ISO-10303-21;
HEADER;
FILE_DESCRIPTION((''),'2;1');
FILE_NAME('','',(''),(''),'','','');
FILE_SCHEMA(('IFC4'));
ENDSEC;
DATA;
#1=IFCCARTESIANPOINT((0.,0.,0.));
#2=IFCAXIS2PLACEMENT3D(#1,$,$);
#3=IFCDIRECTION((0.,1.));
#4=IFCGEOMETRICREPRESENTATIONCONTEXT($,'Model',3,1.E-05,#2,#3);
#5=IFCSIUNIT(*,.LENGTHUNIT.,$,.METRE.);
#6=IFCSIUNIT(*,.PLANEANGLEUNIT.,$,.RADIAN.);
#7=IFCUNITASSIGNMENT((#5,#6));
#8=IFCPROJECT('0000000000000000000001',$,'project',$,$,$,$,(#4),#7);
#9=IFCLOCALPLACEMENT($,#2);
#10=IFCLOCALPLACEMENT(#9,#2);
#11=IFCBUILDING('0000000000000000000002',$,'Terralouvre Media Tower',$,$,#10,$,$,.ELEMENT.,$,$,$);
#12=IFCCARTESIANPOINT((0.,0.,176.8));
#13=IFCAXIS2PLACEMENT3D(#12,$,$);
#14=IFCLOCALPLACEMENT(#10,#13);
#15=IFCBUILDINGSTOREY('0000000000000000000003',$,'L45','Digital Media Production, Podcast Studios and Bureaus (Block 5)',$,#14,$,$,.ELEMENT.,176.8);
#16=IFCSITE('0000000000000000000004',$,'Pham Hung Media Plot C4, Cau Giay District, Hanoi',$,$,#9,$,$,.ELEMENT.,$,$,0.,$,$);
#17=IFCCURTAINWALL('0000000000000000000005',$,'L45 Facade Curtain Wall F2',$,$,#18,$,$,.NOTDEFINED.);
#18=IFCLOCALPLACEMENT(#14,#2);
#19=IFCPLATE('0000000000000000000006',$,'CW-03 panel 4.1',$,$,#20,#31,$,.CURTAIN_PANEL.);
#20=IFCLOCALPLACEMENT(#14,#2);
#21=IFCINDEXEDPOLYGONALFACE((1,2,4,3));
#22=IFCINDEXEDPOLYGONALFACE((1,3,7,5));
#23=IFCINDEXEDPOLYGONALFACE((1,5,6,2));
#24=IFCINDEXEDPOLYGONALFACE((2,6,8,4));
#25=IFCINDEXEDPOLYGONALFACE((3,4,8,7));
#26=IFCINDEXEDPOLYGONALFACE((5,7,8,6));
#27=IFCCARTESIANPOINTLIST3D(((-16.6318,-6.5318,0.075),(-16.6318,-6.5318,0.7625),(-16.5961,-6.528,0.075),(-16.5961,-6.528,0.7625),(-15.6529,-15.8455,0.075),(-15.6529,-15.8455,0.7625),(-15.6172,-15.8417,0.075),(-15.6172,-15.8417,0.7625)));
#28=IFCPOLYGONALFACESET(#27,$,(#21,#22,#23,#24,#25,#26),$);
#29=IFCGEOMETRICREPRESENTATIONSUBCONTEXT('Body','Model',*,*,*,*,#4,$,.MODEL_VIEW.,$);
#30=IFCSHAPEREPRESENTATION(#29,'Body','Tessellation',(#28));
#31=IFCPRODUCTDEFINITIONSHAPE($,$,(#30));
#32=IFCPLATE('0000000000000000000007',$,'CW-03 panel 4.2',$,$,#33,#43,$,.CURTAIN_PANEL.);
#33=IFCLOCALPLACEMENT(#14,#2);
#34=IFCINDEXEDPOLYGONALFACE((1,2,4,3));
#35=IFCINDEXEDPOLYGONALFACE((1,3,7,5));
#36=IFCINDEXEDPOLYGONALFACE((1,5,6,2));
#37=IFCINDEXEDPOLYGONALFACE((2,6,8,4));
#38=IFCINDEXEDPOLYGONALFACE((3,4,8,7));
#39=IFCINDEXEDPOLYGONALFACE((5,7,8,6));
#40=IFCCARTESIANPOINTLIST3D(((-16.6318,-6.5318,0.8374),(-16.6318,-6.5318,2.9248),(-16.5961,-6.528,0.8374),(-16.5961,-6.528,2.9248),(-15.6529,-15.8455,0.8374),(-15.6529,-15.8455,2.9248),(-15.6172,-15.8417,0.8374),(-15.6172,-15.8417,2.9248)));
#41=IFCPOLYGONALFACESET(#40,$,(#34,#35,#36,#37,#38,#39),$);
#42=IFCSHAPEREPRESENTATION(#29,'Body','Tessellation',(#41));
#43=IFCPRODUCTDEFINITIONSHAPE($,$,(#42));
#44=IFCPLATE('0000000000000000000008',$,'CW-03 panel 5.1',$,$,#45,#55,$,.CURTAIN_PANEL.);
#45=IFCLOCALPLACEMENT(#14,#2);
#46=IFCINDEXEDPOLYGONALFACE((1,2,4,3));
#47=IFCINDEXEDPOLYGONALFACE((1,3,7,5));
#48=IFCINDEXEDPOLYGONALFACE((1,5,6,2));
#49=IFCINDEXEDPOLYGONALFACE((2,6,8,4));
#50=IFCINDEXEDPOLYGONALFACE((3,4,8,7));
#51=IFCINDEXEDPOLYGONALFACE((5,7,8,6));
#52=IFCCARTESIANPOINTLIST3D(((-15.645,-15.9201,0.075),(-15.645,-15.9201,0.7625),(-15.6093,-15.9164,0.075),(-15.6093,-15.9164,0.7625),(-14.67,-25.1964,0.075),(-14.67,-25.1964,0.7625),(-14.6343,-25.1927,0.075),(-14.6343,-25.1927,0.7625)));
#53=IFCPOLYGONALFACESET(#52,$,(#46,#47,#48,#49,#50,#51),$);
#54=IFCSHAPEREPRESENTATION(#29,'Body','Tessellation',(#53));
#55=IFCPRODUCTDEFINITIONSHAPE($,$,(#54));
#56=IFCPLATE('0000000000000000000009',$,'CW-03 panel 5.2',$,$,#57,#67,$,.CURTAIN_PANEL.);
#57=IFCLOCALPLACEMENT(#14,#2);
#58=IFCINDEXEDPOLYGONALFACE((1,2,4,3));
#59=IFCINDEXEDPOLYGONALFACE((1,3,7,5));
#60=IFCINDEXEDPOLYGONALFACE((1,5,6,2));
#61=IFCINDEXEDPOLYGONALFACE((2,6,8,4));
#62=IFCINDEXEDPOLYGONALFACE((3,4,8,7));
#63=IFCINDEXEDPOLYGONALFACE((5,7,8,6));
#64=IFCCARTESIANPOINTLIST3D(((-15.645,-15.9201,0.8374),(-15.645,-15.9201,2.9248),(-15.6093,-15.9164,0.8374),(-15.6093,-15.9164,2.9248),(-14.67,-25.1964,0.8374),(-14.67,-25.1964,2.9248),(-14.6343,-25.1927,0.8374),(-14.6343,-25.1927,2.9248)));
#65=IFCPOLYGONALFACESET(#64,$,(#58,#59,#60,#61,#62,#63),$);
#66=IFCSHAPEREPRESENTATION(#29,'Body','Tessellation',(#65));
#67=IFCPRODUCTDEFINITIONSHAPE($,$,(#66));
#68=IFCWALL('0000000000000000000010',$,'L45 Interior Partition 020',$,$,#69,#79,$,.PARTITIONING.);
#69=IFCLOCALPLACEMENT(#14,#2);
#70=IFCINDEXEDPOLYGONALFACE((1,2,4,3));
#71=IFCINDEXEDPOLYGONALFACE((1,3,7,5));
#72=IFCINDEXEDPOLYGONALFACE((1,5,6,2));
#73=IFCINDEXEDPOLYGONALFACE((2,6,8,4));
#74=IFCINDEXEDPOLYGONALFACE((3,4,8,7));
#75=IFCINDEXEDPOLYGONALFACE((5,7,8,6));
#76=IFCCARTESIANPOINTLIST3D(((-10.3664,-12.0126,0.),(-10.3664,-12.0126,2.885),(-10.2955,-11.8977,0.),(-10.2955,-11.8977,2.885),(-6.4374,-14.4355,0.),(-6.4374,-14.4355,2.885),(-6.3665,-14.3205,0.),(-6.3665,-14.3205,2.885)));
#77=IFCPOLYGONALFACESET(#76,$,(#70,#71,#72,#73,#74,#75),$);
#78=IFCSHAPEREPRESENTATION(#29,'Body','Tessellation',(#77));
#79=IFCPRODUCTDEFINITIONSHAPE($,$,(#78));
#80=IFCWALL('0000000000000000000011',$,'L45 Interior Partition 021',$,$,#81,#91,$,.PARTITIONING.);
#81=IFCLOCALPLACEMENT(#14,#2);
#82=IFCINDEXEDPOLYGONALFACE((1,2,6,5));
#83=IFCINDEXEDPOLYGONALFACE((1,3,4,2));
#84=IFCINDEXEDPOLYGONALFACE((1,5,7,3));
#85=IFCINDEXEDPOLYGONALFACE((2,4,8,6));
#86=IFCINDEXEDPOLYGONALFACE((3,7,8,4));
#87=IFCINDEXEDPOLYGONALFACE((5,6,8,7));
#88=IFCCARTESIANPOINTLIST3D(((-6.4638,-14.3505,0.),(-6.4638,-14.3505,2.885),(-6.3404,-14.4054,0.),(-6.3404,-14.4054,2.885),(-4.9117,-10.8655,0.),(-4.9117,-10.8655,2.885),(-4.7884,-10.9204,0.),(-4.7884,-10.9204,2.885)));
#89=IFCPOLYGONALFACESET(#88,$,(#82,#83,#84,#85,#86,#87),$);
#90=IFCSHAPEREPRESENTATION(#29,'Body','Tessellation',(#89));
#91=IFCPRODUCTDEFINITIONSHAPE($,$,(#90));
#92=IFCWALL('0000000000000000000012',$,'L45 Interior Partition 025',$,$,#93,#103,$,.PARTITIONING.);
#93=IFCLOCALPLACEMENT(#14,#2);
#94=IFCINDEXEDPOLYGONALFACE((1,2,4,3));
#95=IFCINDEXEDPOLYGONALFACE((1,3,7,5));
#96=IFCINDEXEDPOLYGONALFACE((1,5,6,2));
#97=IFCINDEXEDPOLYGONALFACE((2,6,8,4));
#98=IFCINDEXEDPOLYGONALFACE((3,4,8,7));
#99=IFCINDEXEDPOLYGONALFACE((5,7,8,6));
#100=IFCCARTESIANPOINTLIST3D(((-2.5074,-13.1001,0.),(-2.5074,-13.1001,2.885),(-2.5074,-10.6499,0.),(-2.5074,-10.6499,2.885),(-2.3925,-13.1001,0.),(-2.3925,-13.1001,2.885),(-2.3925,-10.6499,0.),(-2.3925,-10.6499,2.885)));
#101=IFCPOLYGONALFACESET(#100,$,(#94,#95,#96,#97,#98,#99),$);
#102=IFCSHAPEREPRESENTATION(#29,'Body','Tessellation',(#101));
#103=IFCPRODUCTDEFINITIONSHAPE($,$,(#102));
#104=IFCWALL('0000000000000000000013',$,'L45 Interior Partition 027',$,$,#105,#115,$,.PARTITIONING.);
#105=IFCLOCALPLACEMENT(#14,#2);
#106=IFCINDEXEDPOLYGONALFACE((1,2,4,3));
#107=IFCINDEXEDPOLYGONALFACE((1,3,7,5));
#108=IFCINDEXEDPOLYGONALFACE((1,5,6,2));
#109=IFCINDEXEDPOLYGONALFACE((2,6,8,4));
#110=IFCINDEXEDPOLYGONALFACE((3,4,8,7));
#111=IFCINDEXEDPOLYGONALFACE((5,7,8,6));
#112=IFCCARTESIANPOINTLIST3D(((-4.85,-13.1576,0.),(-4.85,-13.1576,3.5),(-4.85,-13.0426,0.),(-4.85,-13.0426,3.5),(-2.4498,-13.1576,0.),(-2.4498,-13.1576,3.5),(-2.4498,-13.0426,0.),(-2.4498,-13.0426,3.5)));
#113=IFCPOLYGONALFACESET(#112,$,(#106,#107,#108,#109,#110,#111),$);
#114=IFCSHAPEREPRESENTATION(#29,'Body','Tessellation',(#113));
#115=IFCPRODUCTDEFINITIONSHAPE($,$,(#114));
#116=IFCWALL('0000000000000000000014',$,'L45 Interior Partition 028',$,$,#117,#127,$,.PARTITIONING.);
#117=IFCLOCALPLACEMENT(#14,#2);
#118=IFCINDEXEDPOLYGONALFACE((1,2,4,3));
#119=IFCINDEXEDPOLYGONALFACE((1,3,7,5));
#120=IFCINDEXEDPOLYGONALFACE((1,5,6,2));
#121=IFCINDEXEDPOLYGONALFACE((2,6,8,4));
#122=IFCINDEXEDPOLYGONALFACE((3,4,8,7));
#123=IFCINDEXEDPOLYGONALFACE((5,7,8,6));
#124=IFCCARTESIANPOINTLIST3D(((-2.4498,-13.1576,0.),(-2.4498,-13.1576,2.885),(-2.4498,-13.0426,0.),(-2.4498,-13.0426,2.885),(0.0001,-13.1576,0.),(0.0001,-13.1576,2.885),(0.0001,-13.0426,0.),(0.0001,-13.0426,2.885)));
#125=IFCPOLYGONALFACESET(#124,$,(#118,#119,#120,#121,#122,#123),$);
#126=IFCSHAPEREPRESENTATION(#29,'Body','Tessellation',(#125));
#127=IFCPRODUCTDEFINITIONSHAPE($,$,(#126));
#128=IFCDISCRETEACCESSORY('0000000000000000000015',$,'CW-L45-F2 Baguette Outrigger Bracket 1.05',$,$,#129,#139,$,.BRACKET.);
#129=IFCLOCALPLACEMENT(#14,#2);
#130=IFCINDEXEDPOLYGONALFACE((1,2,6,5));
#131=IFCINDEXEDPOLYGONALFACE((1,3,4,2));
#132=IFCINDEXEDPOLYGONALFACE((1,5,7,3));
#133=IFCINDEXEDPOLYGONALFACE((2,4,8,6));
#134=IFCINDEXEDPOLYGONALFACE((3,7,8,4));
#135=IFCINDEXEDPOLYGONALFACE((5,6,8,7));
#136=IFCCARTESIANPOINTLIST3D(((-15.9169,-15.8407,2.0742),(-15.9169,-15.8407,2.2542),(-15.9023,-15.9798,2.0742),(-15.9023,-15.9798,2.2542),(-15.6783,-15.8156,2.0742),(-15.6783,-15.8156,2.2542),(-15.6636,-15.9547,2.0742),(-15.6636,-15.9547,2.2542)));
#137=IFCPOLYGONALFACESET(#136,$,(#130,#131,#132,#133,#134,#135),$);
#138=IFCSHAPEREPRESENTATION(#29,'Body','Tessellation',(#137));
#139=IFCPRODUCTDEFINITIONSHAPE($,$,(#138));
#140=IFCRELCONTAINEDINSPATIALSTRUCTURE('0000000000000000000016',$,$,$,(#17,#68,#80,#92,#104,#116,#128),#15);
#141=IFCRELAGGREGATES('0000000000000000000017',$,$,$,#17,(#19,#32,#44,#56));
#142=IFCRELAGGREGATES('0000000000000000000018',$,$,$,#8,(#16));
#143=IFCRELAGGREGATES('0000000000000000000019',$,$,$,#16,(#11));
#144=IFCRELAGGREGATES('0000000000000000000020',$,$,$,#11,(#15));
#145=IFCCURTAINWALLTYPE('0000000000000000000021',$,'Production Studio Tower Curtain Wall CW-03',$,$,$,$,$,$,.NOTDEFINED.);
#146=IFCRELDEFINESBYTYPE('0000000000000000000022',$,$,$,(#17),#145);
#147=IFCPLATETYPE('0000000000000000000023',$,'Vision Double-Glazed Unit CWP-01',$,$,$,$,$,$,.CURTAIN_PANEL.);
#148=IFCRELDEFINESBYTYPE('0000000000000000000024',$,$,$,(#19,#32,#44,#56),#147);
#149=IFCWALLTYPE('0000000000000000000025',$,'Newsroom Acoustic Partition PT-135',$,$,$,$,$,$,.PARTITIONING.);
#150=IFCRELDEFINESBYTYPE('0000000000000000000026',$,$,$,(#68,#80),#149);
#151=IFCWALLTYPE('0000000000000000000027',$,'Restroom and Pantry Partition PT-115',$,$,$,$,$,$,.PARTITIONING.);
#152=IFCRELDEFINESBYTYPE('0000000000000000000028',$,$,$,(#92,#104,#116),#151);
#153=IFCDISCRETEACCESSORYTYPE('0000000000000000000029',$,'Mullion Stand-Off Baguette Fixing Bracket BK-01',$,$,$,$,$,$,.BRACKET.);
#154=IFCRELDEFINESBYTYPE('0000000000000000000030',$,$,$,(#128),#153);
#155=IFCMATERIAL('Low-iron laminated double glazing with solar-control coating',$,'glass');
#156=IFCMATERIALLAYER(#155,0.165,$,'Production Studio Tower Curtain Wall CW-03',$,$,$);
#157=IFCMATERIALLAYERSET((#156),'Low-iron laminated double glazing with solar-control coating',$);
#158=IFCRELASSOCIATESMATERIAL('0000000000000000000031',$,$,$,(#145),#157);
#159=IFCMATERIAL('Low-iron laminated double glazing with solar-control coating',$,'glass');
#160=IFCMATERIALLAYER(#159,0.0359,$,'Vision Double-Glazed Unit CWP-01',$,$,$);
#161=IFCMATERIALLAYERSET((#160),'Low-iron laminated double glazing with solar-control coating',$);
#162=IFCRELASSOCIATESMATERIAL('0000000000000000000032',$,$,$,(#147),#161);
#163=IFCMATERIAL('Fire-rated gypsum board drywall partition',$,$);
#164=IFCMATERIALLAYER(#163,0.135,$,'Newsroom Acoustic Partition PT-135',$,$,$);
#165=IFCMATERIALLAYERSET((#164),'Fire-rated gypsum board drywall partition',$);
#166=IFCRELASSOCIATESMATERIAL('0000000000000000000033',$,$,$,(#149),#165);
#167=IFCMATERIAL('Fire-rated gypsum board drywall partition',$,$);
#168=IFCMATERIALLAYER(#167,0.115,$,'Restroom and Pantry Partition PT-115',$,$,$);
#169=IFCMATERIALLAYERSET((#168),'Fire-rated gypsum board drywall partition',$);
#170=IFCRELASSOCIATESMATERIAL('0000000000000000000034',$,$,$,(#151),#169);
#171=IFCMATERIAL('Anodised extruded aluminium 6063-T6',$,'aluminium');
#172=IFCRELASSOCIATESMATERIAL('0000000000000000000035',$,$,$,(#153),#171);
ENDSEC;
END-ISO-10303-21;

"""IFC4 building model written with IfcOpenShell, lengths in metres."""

from ifc_helpers import new_model, si_unit, direction, frame, frame_2d, origin, origin_2d, place, context, subcontext, project, spatial, rectangle, extrude, material, layer, layer_set, type_object, element, aggregate, save


model = new_model("IFC4")

# Units and contexts
model_context = context("Model", 3, precision=1e-05, world=origin(), true_north=direction((0.0, 1.0)))
body_context = subcontext(model_context, "Body", "Model", "MODEL_VIEW")
ifc_project = project(units=[si_unit("LENGTHUNIT", "METRE"), si_unit("PLANEANGLEUNIT", "RADIAN")], contexts=[model_context])

# Site, building, storey
site_placement = place(None, origin())
site = spatial("IfcSite", under=ifc_project, at=site_placement, Name="Pham Hung Media Plot C4, Cau Giay District, Hanoi", CompositionType="ELEMENT", RefElevation=0.0)
building_placement = place(site_placement, origin())
building = spatial("IfcBuilding", under=site, at=building_placement, Name="Terralouvre Media Tower", CompositionType="ELEMENT")
storey_placement = place(building_placement, frame((0.0, 0.0, 176.8)))
storey = spatial("IfcBuildingStorey", under=building, at=storey_placement, Name="L45", Description="Digital Media Production, Podcast Studios and Bureaus (Block 5)", CompositionType="ELEMENT", Elevation=176.8)

# Curtain wall
ifc_material_1 = material(Name="Low-iron laminated double glazing with solar-control coating", Category="glass")
ifc_layer_1 = layer(ifc_material_1, 0.165, Name="Production Studio Tower Curtain Wall CW-03")
ifc_layer_set_1 = layer_set([ifc_layer_1], Name="Low-iron laminated double glazing with solar-control coating")
curtain_wall_type = type_object("IfcCurtainWallType", Name="Production Studio Tower Curtain Wall CW-03", PredefinedType="NOTDEFINED", material=ifc_layer_set_1)
curtain_wall_1_placement = place(storey_placement, origin())
curtain_wall_1 = element("IfcCurtainWall", 1, at=curtain_wall_1_placement, inside=storey, type_object=curtain_wall_type, Name="L45 Facade Curtain Wall F2", PredefinedType="NOTDEFINED")

# Plates
ifc_material_2 = material(Name="Low-iron laminated double glazing with solar-control coating", Category="glass")
ifc_layer_2 = layer(ifc_material_2, 0.0359, Name="Vision Double-Glazed Unit CWP-01")
ifc_layer_set_2 = layer_set([ifc_layer_2], Name="Low-iron laminated double glazing with solar-control coating")
plate_type = type_object("IfcPlateType", Name="Vision Double-Glazed Unit CWP-01", PredefinedType="CURTAIN_PANEL", material=ifc_layer_set_2)
plate_1_placement = place(storey_placement, frame((-16.1245, -11.1868, 0.075), z_axis=(0.0, 0.0, 1.0), x_axis=(0.104528, -0.994522, 0.0)))
plate_1 = element("IfcPlate", 2, at=plate_1_placement, type_object=plate_type, Name="CW-03 panel 4.1", PredefinedType="CURTAIN_PANEL", context=body_context, shape_type="SweptSolid", body=[
    extrude(rectangle(XDim=9.365, YDim=0.0359, at=origin_2d()), origin(), (0.0, 0.0, 1.0), 0.6875),
])
plate_2_placement = place(storey_placement, frame((-16.1245, -11.1868, 0.8374), z_axis=(0.0, 0.0, 1.0), x_axis=(0.104528, -0.994522, 0.0)))
plate_2 = element("IfcPlate", 3, at=plate_2_placement, type_object=plate_type, Name="CW-03 panel 4.2", PredefinedType="CURTAIN_PANEL", context=body_context, shape_type="SweptSolid", body=[
    extrude(rectangle(XDim=9.365, YDim=0.0359, at=origin_2d()), origin(), (0.0, 0.0, 1.0), 2.0874),
])
plate_3_placement = place(storey_placement, frame((-15.1396, -20.5564, 0.075), z_axis=(0.0, 0.0, 1.0), x_axis=(0.104528, -0.994522, 0.0)))
plate_3 = element("IfcPlate", 4, at=plate_3_placement, type_object=plate_type, Name="CW-03 panel 5.1", PredefinedType="CURTAIN_PANEL", context=body_context, shape_type="SweptSolid", body=[
    extrude(rectangle(XDim=9.3274, YDim=0.0359, at=origin_2d()), origin(), (0.0, 0.0, 1.0), 0.6875),
])
plate_4_placement = place(storey_placement, frame((-15.1396, -20.5564, 0.8374), z_axis=(0.0, 0.0, 1.0), x_axis=(0.104528, -0.994522, 0.0)))
plate_4 = element("IfcPlate", 5, at=plate_4_placement, type_object=plate_type, Name="CW-03 panel 5.2", PredefinedType="CURTAIN_PANEL", context=body_context, shape_type="SweptSolid", body=[
    extrude(rectangle(XDim=9.3274, YDim=0.0359, at=origin_2d()), origin(), (0.0, 0.0, 1.0), 2.0874),
])
aggregate(curtain_wall_1, [plate_1, plate_2, plate_3, plate_4])

# Walls
ifc_material_3 = material(Name="Fire-rated gypsum board drywall partition")
ifc_layer_3 = layer(ifc_material_3, 0.135, Name="Newsroom Acoustic Partition PT-135")
ifc_layer_set_3 = layer_set([ifc_layer_3], Name="Fire-rated gypsum board drywall partition")
wall_type_1 = type_object("IfcWallType", Name="Newsroom Acoustic Partition PT-135", PredefinedType="PARTITIONING", material=ifc_layer_set_3)
wall_1_placement = place(storey_placement, frame((-10.3311, -11.9551, 0.0), z_axis=(0.0, 0.0, 1.0), x_axis=(0.851171, -0.524888, 0.0)))
element("IfcWall", 6, at=wall_1_placement, inside=storey, type_object=wall_type_1, Name="L45 Interior Partition 020", PredefinedType="PARTITIONING", context=body_context, shape_type="SweptSolid", body=[
    extrude(rectangle(XDim=4.616, YDim=0.135, at=frame_2d((2.3081, 0.0))), origin(), (0.0, 0.0, 1.0), 2.885),
])
wall_2_placement = place(storey_placement, frame((-6.4021, -14.3779, 0.0), z_axis=(0.0, 0.0, 1.0), x_axis=(0.406833, 0.913503, 0.0)))
element("IfcWall", 7, at=wall_2_placement, inside=storey, type_object=wall_type_1, Name="L45 Interior Partition 021", PredefinedType="PARTITIONING", context=body_context, shape_type="SweptSolid", body=[
    extrude(rectangle(XDim=3.8149, YDim=0.135, at=frame_2d((1.9075, 0.0))), origin(), (0.0, 0.0, 1.0), 2.885),
])
ifc_material_4 = material(Name="Fire-rated gypsum board drywall partition")
ifc_layer_4 = layer(ifc_material_4, 0.115, Name="Restroom and Pantry Partition PT-115")
ifc_layer_set_4 = layer_set([ifc_layer_4], Name="Fire-rated gypsum board drywall partition")
wall_type_2 = type_object("IfcWallType", Name="Restroom and Pantry Partition PT-115", PredefinedType="PARTITIONING", material=ifc_layer_set_4)
wall_3_placement = place(storey_placement, frame((-2.45, -13.1001, 0.0), z_axis=(0.0, 0.0, 1.0), x_axis=(0.0, 1.0, 0.0)))
element("IfcWall", 8, at=wall_3_placement, inside=storey, type_object=wall_type_2, Name="L45 Interior Partition 025", PredefinedType="PARTITIONING", context=body_context, shape_type="SweptSolid", body=[
    extrude(rectangle(XDim=2.4502, YDim=0.115, at=frame_2d((1.2251, 0.0))), origin(), (0.0, 0.0, 1.0), 2.885),
])
wall_4_placement = place(storey_placement, frame((-4.8501, -13.1001, 0.0), z_axis=(0.0, 0.0, 1.0), x_axis=(1.0, 0.0, 0.0)))
element("IfcWall", 9, at=wall_4_placement, inside=storey, type_object=wall_type_2, Name="L45 Interior Partition 027", PredefinedType="PARTITIONING", context=body_context, shape_type="SweptSolid", body=[
    extrude(rectangle(XDim=2.4001, YDim=0.115, at=frame_2d((1.2002, 0.0))), origin(), (0.0, 0.0, 1.0), 3.5),
])
wall_5_placement = place(storey_placement, frame((-2.45, -13.1001, 0.0), z_axis=(0.0, 0.0, 1.0), x_axis=(1.0, 0.0, 0.0)))
element("IfcWall", 10, at=wall_5_placement, inside=storey, type_object=wall_type_2, Name="L45 Interior Partition 028", PredefinedType="PARTITIONING", context=body_context, shape_type="SweptSolid", body=[
    extrude(rectangle(XDim=2.45, YDim=0.115, at=frame_2d((1.2251, 0.0))), origin(), (0.0, 0.0, 1.0), 2.885),
])

# Discrete accessory
ifc_material_5 = material(Name="Anodised extruded aluminium 6063-T6", Category="aluminium")
discrete_accessory_type = type_object("IfcDiscreteAccessoryType", Name="Mullion Stand-Off Baguette Fixing Bracket BK-01", PredefinedType="BRACKET", material=ifc_material_5)
discrete_accessory_placement = place(storey_placement, frame((-15.7903, -15.8977, 2.0742), z_axis=(0.0, 0.0, 1.0), x_axis=(0.104528, -0.994522, 0.0)))
element("IfcDiscreteAccessory", 11, at=discrete_accessory_placement, inside=storey, type_object=discrete_accessory_type, Name="CW-L45-F2 Baguette Outrigger Bracket 1.05", PredefinedType="BRACKET", context=body_context, shape_type="SweptSolid", body=[
    extrude(rectangle(XDim=0.1399, YDim=0.24, at=origin_2d()), origin(), (0.0, 0.0, 1.0), 0.1799),
])

save(model, "model.ifc")
